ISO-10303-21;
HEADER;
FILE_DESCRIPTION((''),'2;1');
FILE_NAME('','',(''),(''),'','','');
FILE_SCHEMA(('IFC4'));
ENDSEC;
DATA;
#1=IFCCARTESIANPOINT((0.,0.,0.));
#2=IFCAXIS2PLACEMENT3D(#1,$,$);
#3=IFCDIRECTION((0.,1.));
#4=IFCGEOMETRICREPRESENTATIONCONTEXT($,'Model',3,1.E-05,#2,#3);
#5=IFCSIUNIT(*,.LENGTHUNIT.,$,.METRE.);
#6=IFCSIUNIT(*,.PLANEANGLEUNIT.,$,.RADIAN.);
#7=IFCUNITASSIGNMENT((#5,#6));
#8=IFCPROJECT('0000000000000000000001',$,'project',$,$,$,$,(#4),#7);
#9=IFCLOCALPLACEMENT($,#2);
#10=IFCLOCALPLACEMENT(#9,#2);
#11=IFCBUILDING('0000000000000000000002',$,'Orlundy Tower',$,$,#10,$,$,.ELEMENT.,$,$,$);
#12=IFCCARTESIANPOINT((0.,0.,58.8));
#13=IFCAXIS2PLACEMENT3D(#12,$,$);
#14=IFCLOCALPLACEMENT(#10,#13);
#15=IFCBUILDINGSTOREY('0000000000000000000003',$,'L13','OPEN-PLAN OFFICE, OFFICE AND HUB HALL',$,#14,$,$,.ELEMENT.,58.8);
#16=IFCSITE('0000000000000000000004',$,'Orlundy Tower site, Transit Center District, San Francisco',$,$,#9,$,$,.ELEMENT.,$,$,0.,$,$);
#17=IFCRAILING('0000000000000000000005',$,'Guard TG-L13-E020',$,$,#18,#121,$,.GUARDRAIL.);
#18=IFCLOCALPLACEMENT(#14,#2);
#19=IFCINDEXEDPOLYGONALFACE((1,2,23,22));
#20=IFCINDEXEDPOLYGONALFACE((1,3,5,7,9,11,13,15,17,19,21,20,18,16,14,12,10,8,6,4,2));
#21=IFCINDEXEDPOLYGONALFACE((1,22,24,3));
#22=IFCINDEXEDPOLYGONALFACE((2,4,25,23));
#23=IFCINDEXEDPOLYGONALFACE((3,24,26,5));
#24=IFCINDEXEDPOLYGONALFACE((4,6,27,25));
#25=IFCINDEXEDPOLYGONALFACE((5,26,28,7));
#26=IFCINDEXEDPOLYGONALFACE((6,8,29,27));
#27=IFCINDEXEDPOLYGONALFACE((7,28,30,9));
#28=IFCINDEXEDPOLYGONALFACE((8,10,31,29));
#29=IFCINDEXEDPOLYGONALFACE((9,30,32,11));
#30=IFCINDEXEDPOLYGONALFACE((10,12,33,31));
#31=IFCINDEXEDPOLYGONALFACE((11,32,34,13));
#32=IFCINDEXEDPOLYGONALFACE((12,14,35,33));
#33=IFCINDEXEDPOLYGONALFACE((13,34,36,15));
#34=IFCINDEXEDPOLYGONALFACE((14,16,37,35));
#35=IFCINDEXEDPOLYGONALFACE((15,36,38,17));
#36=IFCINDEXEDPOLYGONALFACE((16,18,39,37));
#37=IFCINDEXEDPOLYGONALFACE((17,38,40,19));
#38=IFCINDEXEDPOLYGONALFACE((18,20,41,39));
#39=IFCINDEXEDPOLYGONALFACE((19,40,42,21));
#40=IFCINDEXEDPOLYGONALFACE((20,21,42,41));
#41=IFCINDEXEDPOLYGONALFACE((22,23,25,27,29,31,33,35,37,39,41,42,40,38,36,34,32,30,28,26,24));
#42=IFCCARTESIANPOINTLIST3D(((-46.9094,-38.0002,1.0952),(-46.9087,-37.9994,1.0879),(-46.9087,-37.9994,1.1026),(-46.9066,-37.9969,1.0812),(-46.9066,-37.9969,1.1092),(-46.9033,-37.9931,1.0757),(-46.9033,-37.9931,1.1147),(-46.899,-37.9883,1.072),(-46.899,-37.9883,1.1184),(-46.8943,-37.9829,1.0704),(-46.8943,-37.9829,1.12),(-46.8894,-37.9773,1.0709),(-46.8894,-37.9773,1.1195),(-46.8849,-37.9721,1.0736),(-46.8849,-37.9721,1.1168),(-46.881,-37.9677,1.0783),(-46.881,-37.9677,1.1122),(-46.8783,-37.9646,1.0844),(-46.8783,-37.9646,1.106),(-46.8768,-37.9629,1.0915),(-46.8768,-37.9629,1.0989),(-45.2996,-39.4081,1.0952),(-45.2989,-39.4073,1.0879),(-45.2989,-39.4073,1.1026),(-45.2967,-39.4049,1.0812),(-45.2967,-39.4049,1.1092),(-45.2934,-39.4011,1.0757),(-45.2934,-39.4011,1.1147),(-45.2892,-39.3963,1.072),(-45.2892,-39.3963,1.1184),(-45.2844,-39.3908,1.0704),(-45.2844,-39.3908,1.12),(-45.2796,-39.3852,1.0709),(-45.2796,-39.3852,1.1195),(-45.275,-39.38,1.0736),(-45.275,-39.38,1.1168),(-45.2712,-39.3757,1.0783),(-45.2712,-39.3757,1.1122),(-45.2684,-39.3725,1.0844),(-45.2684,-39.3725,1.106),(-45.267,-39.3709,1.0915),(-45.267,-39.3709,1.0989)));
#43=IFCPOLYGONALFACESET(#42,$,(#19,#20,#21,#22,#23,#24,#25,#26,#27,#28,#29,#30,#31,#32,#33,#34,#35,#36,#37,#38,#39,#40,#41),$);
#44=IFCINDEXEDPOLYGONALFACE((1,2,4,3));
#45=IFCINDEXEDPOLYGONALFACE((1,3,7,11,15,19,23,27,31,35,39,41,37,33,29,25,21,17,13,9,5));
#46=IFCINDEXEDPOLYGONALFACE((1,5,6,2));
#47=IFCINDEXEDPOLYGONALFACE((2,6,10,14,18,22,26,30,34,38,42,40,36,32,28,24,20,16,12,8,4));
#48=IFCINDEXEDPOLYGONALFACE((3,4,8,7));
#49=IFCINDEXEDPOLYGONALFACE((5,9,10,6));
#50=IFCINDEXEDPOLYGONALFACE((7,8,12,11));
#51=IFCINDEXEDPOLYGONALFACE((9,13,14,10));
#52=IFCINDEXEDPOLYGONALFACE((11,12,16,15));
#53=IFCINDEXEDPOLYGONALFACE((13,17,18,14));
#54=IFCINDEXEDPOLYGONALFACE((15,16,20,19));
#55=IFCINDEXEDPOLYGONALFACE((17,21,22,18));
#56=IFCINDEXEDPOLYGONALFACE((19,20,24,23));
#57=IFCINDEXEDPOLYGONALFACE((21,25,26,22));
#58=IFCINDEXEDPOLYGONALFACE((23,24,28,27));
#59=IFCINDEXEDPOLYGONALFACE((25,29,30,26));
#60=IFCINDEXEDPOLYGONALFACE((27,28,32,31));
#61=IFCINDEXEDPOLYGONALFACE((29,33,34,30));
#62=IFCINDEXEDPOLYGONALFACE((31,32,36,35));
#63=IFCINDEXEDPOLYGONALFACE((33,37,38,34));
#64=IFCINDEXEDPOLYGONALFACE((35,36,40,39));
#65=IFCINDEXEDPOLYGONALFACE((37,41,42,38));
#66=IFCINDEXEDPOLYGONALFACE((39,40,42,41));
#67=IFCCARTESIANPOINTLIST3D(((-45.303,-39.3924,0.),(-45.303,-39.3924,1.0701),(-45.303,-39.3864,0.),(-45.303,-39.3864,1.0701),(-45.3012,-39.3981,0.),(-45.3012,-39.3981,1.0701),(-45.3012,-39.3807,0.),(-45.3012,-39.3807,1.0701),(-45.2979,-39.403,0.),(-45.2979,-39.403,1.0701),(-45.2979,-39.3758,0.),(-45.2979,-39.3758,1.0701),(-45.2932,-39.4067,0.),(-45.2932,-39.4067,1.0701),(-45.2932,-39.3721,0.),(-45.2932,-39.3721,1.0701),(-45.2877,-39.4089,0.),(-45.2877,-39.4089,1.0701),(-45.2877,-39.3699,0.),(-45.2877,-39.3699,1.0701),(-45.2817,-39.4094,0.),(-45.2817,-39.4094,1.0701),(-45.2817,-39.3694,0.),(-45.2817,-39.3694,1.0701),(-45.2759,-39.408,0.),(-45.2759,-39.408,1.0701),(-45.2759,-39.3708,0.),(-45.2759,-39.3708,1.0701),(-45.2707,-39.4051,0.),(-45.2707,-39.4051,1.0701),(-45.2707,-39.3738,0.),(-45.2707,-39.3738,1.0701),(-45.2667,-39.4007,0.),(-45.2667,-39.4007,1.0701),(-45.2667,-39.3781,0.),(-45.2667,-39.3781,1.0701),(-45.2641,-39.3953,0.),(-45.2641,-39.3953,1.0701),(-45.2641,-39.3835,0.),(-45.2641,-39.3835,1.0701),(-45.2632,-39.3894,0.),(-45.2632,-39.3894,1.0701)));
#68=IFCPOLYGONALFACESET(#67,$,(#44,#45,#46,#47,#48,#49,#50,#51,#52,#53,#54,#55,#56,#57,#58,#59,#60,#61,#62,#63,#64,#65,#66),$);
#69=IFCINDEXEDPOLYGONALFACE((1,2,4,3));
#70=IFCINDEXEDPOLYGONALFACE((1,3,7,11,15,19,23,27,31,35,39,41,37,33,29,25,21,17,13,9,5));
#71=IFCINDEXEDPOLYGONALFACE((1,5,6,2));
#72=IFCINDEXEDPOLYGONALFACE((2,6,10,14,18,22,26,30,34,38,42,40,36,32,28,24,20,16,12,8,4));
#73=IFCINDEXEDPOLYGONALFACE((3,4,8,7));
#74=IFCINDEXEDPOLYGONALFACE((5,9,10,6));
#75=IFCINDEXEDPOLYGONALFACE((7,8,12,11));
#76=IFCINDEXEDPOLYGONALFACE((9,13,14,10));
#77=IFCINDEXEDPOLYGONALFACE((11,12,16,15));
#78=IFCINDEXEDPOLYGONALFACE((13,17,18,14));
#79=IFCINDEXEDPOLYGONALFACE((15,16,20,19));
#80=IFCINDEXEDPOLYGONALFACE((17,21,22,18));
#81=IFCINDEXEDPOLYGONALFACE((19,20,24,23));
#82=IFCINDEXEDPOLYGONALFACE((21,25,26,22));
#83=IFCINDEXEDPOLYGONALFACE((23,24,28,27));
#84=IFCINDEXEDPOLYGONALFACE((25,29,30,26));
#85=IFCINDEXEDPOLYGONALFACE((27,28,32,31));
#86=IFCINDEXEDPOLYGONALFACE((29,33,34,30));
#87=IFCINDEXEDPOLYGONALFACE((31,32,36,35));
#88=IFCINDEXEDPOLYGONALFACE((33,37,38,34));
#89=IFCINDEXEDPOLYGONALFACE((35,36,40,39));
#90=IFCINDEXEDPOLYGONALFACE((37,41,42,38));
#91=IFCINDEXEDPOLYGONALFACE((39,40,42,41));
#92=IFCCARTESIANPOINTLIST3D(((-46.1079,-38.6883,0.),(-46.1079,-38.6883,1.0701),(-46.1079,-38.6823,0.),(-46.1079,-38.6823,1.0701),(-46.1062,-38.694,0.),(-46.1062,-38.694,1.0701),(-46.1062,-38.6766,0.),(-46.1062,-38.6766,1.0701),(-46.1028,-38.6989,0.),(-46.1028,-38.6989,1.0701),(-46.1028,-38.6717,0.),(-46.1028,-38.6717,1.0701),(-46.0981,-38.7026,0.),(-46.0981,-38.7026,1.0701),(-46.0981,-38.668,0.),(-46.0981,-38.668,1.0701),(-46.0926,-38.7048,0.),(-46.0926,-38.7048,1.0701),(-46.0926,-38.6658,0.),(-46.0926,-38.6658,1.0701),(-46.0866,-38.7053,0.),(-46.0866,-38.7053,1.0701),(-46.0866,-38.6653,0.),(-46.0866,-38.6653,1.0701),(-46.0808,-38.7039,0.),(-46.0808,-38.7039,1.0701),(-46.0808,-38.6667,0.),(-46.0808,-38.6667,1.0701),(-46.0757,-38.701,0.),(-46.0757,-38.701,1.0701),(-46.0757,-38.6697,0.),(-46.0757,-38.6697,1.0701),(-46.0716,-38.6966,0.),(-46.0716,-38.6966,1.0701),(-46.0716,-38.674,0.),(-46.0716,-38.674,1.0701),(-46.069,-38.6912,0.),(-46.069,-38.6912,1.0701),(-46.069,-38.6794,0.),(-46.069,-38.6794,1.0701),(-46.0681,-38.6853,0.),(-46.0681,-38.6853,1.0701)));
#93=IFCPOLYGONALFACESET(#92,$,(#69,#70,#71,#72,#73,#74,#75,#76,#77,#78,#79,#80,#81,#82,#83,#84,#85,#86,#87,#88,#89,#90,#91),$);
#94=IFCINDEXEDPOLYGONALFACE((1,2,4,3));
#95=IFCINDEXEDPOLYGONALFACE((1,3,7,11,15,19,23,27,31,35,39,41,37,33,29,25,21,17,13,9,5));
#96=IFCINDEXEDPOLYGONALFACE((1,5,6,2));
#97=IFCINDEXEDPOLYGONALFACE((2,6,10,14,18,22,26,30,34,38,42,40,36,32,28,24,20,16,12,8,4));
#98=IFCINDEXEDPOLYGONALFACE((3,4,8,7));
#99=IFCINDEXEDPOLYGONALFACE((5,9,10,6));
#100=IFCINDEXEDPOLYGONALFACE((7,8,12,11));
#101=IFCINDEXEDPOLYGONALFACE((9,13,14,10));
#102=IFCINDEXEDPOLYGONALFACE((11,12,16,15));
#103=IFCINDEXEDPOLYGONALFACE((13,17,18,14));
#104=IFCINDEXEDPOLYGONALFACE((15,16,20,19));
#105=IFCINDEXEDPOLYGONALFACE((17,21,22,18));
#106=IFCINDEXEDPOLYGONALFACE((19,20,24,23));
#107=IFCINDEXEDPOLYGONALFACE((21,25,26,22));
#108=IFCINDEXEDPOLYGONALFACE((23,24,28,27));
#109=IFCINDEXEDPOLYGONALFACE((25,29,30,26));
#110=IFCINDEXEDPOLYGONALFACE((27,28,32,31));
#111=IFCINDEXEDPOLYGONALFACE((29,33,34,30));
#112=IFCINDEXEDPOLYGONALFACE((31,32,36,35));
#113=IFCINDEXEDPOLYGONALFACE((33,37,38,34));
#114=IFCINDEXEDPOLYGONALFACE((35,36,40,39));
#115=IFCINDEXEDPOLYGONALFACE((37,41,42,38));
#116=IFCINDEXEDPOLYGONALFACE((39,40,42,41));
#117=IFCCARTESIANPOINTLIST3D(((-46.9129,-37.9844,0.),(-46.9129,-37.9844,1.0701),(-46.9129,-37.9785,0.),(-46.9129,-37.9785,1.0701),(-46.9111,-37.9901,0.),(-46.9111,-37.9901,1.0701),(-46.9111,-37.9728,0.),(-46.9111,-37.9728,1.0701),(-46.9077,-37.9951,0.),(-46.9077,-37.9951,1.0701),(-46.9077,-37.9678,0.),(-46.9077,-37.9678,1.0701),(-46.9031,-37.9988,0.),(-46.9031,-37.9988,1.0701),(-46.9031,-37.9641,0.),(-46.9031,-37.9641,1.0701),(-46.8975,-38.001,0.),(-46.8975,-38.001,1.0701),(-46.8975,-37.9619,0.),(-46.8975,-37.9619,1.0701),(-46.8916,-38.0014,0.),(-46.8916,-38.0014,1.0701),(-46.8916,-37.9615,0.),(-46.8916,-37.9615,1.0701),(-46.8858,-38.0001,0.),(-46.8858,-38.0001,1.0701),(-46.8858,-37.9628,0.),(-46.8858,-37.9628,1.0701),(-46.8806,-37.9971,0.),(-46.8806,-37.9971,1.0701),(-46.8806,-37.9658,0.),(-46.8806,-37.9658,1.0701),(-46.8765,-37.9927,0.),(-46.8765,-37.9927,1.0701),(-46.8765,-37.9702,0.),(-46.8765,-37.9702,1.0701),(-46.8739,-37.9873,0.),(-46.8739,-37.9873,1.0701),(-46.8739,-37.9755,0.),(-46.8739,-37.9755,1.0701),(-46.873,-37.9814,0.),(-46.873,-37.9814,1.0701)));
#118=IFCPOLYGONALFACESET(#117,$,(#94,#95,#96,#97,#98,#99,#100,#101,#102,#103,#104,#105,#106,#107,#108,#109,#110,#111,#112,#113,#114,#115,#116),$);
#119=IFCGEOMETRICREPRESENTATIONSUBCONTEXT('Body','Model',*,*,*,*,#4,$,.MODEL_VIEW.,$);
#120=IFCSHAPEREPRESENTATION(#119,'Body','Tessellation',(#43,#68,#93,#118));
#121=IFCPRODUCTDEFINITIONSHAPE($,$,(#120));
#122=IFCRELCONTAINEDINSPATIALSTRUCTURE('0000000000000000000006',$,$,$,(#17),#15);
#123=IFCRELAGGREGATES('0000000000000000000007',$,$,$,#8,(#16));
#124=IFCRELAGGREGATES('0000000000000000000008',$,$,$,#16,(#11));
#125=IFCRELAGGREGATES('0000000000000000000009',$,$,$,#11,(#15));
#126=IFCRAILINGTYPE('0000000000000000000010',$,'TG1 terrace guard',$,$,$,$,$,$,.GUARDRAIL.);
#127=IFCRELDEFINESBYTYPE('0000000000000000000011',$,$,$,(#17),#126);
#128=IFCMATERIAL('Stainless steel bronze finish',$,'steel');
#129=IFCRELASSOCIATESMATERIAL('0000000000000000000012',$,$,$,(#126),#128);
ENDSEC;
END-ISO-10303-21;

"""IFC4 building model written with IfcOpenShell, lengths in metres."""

from ifc_helpers import new_model, si_unit, direction, frame, origin, origin_2d, place, context, subcontext, project, spatial, circle, extrude, material, type_object, element, save


model = new_model("IFC4")

# Units and contexts
model_context = context("Model", 3, precision=1e-05, world=origin(), true_north=direction((0.0, 1.0)))
body_context = subcontext(model_context, "Body", "Model", "MODEL_VIEW")
ifc_project = project(units=[si_unit("LENGTHUNIT", "METRE"), si_unit("PLANEANGLEUNIT", "RADIAN")], contexts=[model_context])

# Site, building, storey
site_placement = place(None, origin())
site = spatial("IfcSite", under=ifc_project, at=site_placement, Name="Orlundy Tower site, Transit Center District, San Francisco", CompositionType="ELEMENT", RefElevation=0.0)
building_placement = place(site_placement, origin())
building = spatial("IfcBuilding", under=site, at=building_placement, Name="Orlundy Tower", CompositionType="ELEMENT")
storey_placement = place(building_placement, frame((0.0, 0.0, 58.8)))
storey = spatial("IfcBuildingStorey", under=building, at=storey_placement, Name="L13", Description="OPEN-PLAN OFFICE, OFFICE AND HUB HALL", CompositionType="ELEMENT", Elevation=58.8)

# Railing
ifc_material_1 = material(Name="Stainless steel bronze finish", Category="steel")
railing_type = type_object("IfcRailingType", Name="TG1 terrace guard", PredefinedType="GUARDRAIL", material=ifc_material_1)
railing_placement = place(storey_placement, frame((-45.2832, -39.3894, 0.0)))
element("IfcRailing", 1, at=railing_placement, inside=storey, type_object=railing_type, Name="Guard TG-L13-E020", PredefinedType="GUARDRAIL", context=body_context, shape_type="SweptSolid", body=[
    extrude(circle(Radius=0.0249, at=origin_2d()), frame((0.0, 0.0, 1.0952), z_axis=(-0.752732, 0.658327, 0.0), x_axis=(-0.658327, -0.752732, 0.0)), (0.0, 0.0, 1.0), 2.1387),
    extrude(circle(Radius=0.02, at=origin_2d()), origin(), (0.0, 0.0, 1.0), 1.0701),
    extrude(circle(Radius=0.02, at=origin_2d()), frame((-0.8049, 0.7041, 0.0)), (0.0, 0.0, 1.0), 1.0701),
    extrude(circle(Radius=0.02, at=origin_2d()), frame((-1.6099, 1.408, 0.0)), (0.0, 0.0, 1.0), 1.0701),
])

save(model, "model.ifc")
